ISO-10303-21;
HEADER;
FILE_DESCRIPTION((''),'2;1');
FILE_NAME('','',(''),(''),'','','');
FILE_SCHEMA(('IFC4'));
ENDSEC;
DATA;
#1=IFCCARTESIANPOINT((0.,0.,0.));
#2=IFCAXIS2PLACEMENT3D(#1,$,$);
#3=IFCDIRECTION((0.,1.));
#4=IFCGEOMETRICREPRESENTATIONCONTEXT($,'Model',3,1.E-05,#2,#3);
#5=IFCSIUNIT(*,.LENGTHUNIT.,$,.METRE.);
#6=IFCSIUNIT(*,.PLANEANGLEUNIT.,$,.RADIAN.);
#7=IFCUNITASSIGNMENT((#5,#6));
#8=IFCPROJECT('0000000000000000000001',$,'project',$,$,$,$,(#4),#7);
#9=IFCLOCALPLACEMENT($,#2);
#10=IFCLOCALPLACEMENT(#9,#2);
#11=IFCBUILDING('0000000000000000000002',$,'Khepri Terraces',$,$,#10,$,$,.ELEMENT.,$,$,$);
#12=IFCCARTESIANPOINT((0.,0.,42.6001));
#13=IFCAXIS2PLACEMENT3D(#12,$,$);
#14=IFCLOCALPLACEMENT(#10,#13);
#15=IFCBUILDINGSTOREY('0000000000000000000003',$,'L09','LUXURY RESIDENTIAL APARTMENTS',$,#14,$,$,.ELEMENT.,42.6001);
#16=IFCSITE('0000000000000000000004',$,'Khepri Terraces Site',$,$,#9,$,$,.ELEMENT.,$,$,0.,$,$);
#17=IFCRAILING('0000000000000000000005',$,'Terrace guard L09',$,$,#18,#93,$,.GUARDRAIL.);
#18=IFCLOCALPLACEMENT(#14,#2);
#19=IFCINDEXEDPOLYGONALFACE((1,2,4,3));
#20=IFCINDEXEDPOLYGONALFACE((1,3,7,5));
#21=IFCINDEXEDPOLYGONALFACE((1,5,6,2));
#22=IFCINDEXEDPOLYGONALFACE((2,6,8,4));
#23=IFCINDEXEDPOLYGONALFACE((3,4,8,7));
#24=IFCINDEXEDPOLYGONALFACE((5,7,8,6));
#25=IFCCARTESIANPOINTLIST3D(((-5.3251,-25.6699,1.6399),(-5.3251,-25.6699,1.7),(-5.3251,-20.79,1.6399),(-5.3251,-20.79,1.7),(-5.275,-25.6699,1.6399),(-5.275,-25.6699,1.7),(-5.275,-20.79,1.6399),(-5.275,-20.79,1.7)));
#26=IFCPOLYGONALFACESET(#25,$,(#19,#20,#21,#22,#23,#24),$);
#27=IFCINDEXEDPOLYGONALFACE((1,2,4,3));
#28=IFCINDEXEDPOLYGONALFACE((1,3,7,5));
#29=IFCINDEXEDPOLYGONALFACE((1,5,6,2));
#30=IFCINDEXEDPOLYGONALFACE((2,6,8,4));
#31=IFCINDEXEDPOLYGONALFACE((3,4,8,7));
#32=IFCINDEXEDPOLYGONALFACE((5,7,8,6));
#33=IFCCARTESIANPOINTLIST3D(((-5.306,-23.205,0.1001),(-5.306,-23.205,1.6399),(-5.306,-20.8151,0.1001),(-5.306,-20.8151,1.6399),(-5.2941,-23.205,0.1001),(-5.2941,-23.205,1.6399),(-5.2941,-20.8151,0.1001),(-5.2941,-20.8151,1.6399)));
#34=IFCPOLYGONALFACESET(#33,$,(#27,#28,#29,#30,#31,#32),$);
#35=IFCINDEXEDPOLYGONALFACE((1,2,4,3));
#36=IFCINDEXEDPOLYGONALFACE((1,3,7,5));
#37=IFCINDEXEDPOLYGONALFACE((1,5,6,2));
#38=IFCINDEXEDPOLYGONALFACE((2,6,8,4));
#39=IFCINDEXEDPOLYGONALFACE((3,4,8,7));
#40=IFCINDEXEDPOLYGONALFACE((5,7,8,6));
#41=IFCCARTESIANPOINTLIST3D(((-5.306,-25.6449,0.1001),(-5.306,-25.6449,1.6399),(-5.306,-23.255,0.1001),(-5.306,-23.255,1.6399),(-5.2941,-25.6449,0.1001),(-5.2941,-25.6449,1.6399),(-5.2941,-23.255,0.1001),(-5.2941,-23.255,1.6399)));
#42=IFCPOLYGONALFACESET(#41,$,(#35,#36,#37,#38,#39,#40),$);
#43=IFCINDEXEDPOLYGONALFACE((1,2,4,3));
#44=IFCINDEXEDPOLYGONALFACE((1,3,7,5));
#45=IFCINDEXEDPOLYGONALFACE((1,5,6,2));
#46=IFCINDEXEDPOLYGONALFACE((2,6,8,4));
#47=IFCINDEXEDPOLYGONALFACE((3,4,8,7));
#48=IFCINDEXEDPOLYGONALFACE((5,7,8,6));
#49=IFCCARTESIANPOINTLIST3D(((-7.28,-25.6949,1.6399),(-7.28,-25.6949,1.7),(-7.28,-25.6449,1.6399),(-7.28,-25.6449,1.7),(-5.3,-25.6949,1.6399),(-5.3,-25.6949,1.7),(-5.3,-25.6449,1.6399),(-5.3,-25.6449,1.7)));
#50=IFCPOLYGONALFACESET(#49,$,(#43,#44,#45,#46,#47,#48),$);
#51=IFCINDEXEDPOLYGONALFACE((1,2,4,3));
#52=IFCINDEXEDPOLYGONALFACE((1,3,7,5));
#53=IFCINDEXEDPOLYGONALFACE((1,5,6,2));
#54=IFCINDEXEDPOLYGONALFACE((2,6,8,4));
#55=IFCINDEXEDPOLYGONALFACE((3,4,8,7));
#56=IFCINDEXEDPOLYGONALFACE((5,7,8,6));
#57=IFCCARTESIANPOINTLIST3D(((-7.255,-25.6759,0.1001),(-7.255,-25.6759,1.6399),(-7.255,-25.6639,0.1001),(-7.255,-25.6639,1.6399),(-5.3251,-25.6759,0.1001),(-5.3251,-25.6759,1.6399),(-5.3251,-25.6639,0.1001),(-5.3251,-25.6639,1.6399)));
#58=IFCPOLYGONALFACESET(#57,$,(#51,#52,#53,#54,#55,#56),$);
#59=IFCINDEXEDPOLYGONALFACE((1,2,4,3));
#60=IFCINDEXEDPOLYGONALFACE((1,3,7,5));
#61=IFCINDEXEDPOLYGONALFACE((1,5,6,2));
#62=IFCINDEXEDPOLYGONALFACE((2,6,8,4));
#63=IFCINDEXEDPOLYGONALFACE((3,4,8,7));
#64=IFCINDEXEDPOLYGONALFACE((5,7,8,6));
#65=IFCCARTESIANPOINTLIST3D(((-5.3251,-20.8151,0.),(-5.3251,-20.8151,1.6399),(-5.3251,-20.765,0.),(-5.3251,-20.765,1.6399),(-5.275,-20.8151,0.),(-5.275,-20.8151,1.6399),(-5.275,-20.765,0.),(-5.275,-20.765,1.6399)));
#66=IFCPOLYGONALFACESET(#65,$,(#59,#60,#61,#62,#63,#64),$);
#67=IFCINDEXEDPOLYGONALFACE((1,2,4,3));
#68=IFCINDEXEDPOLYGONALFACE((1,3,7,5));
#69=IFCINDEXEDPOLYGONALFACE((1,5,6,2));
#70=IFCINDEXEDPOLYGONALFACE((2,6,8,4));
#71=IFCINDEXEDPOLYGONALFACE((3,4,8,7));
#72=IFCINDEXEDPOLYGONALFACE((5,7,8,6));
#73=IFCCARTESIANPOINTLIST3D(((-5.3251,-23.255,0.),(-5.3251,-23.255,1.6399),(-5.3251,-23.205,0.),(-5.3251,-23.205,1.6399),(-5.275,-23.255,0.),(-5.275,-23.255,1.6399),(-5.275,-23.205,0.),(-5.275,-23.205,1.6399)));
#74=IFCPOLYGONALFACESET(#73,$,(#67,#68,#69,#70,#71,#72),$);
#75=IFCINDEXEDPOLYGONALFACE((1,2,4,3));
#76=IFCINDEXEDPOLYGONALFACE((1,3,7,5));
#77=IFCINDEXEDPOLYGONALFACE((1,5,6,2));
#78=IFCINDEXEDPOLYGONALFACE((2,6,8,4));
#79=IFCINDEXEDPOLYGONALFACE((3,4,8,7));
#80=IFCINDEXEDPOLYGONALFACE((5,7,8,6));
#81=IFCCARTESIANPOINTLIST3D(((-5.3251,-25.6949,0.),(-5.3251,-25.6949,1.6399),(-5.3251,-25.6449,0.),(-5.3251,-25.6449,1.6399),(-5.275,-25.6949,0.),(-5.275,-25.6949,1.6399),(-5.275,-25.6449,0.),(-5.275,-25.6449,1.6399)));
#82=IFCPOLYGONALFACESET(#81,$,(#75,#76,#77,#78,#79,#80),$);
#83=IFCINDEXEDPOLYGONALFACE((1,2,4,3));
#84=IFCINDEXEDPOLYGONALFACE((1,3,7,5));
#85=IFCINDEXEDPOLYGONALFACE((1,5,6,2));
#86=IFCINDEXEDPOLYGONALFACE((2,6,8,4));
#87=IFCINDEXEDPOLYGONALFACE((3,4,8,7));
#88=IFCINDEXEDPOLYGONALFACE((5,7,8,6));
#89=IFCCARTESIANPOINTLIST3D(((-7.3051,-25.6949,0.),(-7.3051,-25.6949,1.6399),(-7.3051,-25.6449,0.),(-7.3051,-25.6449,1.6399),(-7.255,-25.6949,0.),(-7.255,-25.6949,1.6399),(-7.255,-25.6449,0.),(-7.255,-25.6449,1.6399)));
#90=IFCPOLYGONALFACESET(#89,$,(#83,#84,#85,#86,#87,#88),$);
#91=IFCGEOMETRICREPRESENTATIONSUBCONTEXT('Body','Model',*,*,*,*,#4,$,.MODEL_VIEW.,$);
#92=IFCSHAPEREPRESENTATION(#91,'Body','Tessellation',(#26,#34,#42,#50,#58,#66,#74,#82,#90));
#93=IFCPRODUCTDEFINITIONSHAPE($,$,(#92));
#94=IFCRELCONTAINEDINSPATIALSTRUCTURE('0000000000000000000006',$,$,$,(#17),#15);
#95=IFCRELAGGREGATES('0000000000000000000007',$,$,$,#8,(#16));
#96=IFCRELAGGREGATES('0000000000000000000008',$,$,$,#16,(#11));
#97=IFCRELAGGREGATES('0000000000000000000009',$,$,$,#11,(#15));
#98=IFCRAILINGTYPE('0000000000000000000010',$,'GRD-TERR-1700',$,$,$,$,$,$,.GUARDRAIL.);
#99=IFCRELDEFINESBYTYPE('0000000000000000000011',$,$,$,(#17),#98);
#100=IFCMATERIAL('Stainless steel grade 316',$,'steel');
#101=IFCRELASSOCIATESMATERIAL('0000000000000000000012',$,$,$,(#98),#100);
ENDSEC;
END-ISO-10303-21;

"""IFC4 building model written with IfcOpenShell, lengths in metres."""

from ifc_helpers import new_model, si_unit, direction, frame, origin, origin_2d, place, context, subcontext, project, spatial, rectangle, extrude, material, type_object, element, save


model = new_model("IFC4")

# Units and contexts
model_context = context("Model", 3, precision=1e-05, world=origin(), true_north=direction((0.0, 1.0)))
body_context = subcontext(model_context, "Body", "Model", "MODEL_VIEW")
ifc_project = project(units=[si_unit("LENGTHUNIT", "METRE"), si_unit("PLANEANGLEUNIT", "RADIAN")], contexts=[model_context])

# Site, building, storey
site_placement = place(None, origin())
site = spatial("IfcSite", under=ifc_project, at=site_placement, Name="Khepri Terraces Site", CompositionType="ELEMENT", RefElevation=0.0)
building_placement = place(site_placement, origin())
building = spatial("IfcBuilding", under=site, at=building_placement, Name="Khepri Terraces", CompositionType="ELEMENT")
storey_placement = place(building_placement, frame((0.0, 0.0, 42.6001)))
storey = spatial("IfcBuildingStorey", under=building, at=storey_placement, Name="L09", Description="LUXURY RESIDENTIAL APARTMENTS", CompositionType="ELEMENT", Elevation=42.6001)

# Railing
ifc_material_1 = material(Name="Stainless steel grade 316", Category="steel")
railing_type = type_object("IfcRailingType", Name="GRD-TERR-1700", PredefinedType="GUARDRAIL", material=ifc_material_1)
railing_placement = place(storey_placement, frame((-5.3, -20.79, 0.0)))
element("IfcRailing", 1, at=railing_placement, inside=storey, type_object=railing_type, Name="Terrace guard L09", PredefinedType="GUARDRAIL", context=body_context, shape_type="SweptSolid", body=[
    extrude(rectangle(XDim=0.05, YDim=0.0601, at=origin_2d()), frame((0.0, 0.0, 1.6699), z_axis=(0.0, -1.0, 0.0), x_axis=(1.0, 0.0, 0.0)), (0.0, 0.0, 1.0), 4.8799),
    extrude(rectangle(XDim=2.3899, YDim=0.012, at=origin_2d()), frame((0.0, -1.22, 0.1001), z_axis=(0.0, 0.0, 1.0), x_axis=(0.0, -1.0, 0.0)), (0.0, 0.0, 1.0), 1.5398),
    extrude(rectangle(XDim=2.3899, YDim=0.012, at=origin_2d()), frame((0.0, -3.6599, 0.1001), z_axis=(0.0, 0.0, 1.0), x_axis=(0.0, -1.0, 0.0)), (0.0, 0.0, 1.0), 1.5398),
    extrude(rectangle(XDim=0.05, YDim=0.0601, at=origin_2d()), frame((0.0, -4.8799, 1.6699), z_axis=(-1.0, 0.0, 0.0), x_axis=(0.0, -1.0, 0.0)), (0.0, 0.0, 1.0), 1.98),
    extrude(rectangle(XDim=1.9299, YDim=0.012, at=origin_2d()), frame((-0.99, -4.8799, 0.1001), z_axis=(0.0, 0.0, 1.0), x_axis=(-1.0, 0.0, 0.0)), (0.0, 0.0, 1.0), 1.5398),
    extrude(rectangle(XDim=0.05, YDim=0.05, at=origin_2d()), origin(), (0.0, 0.0, 1.0), 1.6399),
    extrude(rectangle(XDim=0.05, YDim=0.05, at=origin_2d()), frame((0.0, -2.4399, 0.0)), (0.0, 0.0, 1.0), 1.6399),
    extrude(rectangle(XDim=0.05, YDim=0.05, at=origin_2d()), frame((0.0, -4.8799, 0.0)), (0.0, 0.0, 1.0), 1.6399),
    extrude(rectangle(XDim=0.05, YDim=0.05, at=origin_2d()), frame((-1.98, -4.8799, 0.0)), (0.0, 0.0, 1.0), 1.6399),
])

save(model, "model.ifc")
